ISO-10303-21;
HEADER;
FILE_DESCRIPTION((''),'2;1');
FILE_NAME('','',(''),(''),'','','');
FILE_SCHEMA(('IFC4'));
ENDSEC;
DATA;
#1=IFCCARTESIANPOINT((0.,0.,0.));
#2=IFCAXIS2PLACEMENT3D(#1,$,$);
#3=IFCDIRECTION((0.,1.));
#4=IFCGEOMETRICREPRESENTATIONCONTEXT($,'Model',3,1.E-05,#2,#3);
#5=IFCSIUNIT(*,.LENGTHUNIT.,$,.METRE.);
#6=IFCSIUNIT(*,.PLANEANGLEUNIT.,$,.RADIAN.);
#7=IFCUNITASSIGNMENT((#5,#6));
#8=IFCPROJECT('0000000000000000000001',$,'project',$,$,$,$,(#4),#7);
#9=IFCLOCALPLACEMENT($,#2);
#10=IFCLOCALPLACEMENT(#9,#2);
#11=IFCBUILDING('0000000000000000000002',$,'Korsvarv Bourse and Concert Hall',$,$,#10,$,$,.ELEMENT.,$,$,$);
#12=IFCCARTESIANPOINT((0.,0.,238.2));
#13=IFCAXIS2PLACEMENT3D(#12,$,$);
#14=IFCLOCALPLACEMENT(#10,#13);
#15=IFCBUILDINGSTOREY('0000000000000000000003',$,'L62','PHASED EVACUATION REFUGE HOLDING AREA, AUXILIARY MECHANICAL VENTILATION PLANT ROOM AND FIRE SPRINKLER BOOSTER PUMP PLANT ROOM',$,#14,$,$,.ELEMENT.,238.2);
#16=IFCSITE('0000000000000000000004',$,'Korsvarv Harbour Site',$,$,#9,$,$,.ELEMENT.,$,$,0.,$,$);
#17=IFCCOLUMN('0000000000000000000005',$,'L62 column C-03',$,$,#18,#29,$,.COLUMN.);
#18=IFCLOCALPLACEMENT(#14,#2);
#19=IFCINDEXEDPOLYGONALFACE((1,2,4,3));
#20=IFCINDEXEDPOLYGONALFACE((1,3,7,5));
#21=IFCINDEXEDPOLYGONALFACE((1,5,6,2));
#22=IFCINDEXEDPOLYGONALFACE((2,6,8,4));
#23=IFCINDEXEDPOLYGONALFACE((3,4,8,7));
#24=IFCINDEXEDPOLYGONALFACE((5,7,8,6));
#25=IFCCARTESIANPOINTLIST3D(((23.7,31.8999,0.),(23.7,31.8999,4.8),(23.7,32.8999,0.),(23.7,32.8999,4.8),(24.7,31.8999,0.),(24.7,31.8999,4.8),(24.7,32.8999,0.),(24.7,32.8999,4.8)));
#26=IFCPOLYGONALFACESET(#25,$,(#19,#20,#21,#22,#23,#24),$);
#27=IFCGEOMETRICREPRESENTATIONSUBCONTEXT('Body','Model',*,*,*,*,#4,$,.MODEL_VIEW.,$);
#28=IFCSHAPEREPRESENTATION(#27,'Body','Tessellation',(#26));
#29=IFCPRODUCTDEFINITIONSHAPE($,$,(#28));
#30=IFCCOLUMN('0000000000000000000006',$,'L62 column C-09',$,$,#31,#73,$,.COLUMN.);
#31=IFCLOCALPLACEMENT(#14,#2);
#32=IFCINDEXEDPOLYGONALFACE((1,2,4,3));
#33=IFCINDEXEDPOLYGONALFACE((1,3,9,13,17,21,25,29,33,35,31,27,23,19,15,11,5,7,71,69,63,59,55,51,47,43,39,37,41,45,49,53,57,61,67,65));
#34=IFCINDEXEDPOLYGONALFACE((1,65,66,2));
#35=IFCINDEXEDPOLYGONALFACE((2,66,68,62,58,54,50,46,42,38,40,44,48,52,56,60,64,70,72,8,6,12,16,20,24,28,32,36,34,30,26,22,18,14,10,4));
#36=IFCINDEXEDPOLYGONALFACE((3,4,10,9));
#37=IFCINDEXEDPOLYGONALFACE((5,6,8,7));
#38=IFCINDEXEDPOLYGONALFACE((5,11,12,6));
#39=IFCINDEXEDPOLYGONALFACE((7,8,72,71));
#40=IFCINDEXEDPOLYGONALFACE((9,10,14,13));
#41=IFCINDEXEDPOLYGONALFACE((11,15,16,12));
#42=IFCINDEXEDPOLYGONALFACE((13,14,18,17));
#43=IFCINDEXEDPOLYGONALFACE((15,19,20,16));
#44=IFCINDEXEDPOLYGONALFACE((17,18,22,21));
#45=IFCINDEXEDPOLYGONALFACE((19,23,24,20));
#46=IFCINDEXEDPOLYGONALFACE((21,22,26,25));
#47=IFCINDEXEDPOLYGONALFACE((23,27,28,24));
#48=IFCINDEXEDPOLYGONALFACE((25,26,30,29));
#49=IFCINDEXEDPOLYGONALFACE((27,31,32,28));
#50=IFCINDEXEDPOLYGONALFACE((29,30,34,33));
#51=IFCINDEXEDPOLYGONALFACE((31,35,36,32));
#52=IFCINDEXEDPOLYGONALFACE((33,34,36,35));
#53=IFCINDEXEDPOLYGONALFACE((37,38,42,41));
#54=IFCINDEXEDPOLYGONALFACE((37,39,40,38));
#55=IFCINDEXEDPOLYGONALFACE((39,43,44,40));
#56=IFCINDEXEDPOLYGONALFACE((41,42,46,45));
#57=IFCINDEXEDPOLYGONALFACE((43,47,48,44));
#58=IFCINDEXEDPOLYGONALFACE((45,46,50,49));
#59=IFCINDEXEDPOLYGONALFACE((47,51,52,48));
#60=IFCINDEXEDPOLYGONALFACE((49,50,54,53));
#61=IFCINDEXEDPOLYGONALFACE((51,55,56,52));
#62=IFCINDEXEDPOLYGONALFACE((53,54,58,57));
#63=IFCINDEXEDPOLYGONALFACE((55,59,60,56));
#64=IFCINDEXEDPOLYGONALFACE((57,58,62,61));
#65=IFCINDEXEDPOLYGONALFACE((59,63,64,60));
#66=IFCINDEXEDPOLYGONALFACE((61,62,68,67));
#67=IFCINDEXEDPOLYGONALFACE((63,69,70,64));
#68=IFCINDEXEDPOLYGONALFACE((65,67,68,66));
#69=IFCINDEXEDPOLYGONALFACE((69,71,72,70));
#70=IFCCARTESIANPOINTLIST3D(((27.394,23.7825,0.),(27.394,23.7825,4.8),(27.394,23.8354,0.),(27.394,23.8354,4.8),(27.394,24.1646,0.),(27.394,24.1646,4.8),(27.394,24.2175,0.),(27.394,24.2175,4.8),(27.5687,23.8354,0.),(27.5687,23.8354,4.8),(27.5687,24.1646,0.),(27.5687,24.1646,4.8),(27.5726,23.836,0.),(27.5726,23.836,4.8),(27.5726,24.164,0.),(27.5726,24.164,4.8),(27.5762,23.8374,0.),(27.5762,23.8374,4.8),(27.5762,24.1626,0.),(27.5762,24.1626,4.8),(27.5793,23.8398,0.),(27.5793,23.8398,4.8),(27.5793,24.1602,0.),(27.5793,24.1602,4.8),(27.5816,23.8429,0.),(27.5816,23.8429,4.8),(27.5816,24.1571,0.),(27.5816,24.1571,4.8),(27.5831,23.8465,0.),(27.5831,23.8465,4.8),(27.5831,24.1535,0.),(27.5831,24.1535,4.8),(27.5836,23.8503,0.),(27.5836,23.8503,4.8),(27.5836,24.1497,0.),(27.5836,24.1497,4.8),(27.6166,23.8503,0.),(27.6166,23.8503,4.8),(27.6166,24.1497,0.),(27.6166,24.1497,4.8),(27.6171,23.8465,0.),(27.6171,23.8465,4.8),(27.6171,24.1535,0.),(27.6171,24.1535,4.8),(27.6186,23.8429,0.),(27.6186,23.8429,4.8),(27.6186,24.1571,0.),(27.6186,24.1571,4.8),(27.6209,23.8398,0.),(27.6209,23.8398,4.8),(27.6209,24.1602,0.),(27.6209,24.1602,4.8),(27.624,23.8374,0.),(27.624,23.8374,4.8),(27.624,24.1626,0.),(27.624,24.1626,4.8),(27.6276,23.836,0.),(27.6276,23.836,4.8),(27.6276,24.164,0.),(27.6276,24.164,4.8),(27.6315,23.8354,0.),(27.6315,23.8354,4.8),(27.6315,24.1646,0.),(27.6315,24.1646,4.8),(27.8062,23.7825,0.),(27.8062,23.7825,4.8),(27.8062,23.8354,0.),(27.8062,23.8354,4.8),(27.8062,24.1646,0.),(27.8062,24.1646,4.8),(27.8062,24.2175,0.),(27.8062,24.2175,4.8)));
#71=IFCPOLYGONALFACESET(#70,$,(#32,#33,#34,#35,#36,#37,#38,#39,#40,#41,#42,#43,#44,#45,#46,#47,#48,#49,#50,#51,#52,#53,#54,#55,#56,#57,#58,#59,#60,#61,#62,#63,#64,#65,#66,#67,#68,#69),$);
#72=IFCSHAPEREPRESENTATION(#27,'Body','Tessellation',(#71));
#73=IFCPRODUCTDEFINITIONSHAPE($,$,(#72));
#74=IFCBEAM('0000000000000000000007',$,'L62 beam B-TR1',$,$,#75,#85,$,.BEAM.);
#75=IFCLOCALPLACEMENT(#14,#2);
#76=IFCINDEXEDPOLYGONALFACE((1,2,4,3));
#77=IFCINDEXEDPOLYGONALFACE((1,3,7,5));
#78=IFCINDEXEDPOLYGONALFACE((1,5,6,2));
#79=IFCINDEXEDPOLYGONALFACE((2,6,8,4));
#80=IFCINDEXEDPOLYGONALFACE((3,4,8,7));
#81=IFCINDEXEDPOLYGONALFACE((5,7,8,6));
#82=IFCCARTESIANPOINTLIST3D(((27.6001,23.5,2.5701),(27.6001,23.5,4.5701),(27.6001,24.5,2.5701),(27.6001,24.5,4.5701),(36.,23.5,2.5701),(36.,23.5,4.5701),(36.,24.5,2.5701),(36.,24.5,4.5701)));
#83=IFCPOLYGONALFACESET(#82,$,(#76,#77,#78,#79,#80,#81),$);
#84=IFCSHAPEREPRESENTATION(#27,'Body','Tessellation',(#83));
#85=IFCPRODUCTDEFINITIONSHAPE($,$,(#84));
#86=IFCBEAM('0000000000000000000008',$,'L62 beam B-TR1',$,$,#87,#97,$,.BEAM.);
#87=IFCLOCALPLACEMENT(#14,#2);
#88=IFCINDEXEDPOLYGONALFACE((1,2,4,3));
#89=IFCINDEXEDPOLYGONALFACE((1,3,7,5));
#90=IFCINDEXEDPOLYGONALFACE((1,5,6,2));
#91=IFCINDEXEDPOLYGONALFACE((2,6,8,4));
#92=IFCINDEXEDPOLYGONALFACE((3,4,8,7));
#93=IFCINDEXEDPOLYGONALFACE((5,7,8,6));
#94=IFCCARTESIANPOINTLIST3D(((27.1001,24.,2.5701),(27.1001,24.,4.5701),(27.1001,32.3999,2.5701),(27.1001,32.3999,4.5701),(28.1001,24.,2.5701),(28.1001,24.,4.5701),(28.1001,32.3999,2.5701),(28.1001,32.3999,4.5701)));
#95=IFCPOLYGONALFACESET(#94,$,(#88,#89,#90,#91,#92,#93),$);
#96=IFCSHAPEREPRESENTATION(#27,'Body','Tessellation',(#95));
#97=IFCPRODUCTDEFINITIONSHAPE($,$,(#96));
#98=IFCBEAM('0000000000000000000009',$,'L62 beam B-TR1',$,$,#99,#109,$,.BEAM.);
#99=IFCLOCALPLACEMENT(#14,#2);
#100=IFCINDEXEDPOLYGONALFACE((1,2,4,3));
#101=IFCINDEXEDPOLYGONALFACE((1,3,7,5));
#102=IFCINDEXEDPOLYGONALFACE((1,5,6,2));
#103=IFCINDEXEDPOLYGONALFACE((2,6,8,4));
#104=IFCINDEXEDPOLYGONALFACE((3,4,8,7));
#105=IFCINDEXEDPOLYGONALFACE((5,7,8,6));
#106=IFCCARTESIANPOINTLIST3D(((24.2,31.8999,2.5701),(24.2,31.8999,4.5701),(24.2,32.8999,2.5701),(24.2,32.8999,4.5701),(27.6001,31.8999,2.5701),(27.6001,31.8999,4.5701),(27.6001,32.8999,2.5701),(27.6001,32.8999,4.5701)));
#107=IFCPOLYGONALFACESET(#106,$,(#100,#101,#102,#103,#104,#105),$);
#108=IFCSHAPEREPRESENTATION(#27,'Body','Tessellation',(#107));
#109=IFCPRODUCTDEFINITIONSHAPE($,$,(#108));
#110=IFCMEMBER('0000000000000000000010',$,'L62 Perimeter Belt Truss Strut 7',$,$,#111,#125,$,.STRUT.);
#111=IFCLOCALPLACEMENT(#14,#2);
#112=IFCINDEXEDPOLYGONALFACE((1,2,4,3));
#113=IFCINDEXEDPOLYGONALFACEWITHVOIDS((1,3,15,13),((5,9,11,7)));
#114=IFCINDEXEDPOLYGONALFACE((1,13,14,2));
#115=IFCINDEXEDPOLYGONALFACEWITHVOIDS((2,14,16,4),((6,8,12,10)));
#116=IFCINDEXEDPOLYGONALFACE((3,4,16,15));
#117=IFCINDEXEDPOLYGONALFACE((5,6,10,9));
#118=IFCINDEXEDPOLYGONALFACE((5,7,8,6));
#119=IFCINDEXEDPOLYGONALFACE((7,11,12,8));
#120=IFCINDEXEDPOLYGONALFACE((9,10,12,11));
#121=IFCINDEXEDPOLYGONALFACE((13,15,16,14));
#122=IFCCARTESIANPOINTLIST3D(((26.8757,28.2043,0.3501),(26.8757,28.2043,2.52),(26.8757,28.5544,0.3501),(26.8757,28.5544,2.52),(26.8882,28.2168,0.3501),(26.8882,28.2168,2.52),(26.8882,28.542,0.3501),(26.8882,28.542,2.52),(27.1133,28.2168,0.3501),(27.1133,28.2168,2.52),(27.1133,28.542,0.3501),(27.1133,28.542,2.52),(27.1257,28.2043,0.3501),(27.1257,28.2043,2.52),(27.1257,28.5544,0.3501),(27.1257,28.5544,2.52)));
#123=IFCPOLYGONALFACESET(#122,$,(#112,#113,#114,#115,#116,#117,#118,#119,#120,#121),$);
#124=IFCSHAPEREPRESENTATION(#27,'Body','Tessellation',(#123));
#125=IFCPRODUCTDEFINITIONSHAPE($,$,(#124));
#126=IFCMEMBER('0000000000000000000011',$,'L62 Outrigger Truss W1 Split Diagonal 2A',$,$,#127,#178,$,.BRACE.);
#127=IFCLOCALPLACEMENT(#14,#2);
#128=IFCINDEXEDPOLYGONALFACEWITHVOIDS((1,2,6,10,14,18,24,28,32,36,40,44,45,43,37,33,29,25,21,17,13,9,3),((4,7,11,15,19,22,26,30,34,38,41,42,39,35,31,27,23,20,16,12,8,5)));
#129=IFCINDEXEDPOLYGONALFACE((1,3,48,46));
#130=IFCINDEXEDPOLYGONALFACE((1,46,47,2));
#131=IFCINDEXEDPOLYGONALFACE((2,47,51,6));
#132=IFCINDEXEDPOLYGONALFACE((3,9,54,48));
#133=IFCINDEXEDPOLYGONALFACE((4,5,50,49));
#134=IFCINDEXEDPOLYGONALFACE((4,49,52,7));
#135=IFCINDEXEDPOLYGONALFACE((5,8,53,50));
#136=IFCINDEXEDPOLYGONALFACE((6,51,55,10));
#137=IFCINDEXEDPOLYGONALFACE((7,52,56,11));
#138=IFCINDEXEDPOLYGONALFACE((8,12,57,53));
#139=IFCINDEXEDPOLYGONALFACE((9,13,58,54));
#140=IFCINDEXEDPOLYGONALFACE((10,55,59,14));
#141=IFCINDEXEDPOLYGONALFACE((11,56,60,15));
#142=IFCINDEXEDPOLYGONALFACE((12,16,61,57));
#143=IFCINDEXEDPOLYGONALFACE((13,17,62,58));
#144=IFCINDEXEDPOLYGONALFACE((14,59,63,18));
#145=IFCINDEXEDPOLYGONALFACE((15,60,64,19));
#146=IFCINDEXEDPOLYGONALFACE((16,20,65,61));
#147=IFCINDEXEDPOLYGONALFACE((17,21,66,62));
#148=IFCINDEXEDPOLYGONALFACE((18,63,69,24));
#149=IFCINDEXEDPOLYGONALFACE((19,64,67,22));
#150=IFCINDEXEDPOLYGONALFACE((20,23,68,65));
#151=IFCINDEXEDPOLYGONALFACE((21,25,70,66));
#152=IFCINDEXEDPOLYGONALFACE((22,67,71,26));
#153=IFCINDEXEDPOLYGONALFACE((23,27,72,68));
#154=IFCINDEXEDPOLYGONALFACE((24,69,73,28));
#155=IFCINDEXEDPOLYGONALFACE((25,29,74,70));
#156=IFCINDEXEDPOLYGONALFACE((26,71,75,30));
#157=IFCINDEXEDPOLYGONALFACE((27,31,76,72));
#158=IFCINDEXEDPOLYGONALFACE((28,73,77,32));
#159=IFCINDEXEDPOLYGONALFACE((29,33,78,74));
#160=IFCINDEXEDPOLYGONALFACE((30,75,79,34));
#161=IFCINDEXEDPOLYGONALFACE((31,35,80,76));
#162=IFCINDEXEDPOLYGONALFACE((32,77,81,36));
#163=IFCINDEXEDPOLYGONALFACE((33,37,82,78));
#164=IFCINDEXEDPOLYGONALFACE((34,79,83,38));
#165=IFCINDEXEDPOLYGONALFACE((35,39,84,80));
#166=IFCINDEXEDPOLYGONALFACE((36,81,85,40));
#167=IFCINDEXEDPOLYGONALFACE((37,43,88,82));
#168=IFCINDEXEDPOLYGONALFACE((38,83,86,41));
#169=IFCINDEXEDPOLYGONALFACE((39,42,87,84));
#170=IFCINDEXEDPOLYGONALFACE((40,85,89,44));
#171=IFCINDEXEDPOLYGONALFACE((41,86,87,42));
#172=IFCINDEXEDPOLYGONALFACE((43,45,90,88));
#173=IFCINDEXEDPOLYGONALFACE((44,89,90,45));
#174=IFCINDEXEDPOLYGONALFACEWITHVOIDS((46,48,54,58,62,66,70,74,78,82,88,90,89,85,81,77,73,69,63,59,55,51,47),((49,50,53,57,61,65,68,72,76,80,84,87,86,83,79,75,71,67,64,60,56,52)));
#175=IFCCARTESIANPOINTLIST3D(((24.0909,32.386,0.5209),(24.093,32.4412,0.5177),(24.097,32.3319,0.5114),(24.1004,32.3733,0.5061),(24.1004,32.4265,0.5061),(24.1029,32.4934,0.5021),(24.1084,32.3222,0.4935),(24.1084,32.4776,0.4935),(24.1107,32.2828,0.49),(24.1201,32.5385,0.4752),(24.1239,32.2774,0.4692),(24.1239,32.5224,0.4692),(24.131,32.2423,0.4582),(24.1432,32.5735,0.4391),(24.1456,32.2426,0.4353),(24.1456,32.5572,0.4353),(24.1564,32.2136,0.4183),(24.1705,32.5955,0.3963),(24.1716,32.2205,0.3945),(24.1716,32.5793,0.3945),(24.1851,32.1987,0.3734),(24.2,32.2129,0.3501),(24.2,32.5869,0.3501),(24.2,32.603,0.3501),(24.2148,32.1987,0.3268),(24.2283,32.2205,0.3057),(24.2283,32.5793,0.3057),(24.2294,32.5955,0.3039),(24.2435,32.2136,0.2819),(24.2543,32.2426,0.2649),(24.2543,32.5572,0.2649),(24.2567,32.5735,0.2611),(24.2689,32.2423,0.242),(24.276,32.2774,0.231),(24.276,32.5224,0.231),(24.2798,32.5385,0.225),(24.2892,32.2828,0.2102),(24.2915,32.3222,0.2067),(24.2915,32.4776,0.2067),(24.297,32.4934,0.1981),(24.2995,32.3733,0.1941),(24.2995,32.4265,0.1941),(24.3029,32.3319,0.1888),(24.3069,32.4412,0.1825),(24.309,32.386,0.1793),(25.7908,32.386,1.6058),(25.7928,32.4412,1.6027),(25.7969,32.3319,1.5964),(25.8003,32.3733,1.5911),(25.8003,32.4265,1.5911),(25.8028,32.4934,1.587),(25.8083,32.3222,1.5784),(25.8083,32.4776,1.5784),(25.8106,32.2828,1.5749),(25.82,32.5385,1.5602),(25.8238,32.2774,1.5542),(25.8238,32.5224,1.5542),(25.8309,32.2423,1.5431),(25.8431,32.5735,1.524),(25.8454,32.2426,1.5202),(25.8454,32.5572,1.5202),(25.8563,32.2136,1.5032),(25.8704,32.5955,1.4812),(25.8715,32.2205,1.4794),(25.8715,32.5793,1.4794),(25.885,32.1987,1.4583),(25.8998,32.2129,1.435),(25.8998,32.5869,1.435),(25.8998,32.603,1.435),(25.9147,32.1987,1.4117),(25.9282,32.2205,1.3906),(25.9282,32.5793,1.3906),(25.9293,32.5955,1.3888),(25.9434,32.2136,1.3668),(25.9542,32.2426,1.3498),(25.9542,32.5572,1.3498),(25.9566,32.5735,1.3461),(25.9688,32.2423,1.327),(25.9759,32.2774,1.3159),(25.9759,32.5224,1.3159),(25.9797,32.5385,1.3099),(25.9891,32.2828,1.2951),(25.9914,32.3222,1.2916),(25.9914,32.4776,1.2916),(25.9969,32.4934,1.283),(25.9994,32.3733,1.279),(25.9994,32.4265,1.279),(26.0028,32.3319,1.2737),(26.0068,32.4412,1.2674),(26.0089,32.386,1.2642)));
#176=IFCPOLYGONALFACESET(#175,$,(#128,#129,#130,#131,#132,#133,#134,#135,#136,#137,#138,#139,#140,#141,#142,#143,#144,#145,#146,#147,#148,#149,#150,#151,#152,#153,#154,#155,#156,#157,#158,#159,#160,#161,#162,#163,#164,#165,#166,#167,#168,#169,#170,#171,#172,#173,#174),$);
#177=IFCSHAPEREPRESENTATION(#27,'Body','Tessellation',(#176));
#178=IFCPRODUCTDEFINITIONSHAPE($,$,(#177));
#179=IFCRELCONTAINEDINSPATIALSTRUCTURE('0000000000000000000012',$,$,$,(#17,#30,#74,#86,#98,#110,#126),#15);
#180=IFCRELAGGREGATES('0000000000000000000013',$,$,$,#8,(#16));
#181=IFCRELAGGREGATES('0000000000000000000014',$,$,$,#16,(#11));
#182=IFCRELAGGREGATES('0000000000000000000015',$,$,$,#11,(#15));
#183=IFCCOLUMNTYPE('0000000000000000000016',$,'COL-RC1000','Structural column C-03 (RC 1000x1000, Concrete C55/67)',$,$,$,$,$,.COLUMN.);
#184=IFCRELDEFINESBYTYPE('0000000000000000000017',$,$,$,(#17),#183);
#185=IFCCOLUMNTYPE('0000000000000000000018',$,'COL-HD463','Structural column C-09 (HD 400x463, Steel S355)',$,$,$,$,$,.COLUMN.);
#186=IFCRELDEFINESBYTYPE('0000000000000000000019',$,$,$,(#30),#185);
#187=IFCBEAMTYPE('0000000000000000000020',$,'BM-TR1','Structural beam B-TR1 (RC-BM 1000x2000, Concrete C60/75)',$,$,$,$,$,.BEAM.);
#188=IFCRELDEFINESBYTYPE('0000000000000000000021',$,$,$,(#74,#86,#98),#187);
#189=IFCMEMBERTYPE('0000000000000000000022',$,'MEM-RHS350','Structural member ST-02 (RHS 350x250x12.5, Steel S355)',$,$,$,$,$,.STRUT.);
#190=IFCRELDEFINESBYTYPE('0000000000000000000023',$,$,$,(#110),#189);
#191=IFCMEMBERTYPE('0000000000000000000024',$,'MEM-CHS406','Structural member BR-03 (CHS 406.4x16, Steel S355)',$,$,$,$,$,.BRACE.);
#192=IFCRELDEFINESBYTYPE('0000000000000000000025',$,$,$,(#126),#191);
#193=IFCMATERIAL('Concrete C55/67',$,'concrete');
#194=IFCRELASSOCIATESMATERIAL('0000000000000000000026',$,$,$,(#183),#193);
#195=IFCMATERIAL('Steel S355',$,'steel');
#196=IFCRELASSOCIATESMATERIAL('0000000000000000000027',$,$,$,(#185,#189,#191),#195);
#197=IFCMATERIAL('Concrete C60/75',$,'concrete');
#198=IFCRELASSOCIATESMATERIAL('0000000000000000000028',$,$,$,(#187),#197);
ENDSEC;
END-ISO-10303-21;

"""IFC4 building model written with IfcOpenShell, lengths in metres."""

from ifc_helpers import new_model, si_unit, direction, frame, origin, origin_2d, place, context, subcontext, project, spatial, rectangle, hollow_rectangle, hollow_circle, i_section, extrude, source, transform, mapped, material, material_profile, profile_set, type_object, element, save


model = new_model("IFC4")

# Units and contexts
model_context = context("Model", 3, precision=1e-05, world=origin(), true_north=direction((0.0, 1.0)))
body_context = subcontext(model_context, "Body", "Model", "MODEL_VIEW")
ifc_project = project(units=[si_unit("LENGTHUNIT", "METRE"), si_unit("PLANEANGLEUNIT", "RADIAN")], contexts=[model_context])

# Site, building, storey
site_placement = place(None, origin())
site = spatial("IfcSite", under=ifc_project, at=site_placement, Name="Korsvarv Harbour Site", CompositionType="ELEMENT", RefElevation=0.0)
building_placement = place(site_placement, origin())
building = spatial("IfcBuilding", under=site, at=building_placement, Name="Korsvarv Bourse and Concert Hall", CompositionType="ELEMENT")
storey_placement = place(building_placement, frame((0.0, 0.0, 238.2)))
storey = spatial("IfcBuildingStorey", under=building, at=storey_placement, Name="L62", Description="PHASED EVACUATION REFUGE HOLDING AREA, AUXILIARY MECHANICAL VENTILATION PLANT ROOM AND FIRE SPRINKLER BOOSTER PUMP PLANT ROOM", CompositionType="ELEMENT", Elevation=238.2)

# Columns
ifc_material_1 = material(Name="Concrete C55/67", Category="concrete")
ifc_material_profile_1 = material_profile(ifc_material_1, rectangle(XDim=1.0, YDim=1.0, at=origin_2d()), Name="RC 1000x1000")
ifc_profile_set_1 = profile_set([ifc_material_profile_1], Name="Concrete C55/67")
column_type_1 = type_object("IfcColumnType", Name="COL-RC1000", Description="Structural column C-03 (RC 1000x1000, Concrete C55/67)", PredefinedType="COLUMN", material=ifc_profile_set_1)
shared_shape_1 = source(origin(), body_context, "Body", "SweptSolid", [
    extrude(rectangle(XDim=1.0, YDim=1.0, at=origin_2d()), origin(), (0.0, 0.0, 1.0), 4.8),
])
column_1_placement = place(storey_placement, frame((24.2, 32.3999, 0.0), z_axis=(0.0, 0.0, 1.0), x_axis=(1.0, 0.0, 0.0)))
element("IfcColumn", 1, at=column_1_placement, inside=storey, type_object=column_type_1, Name="L62 column C-03", PredefinedType="COLUMN", context=body_context, shape_type="MappedRepresentation", body=[
    mapped(shared_shape_1, transform((0.0, 0.0, 0.0), scale=1.0)),
])
ifc_material_2 = material(Name="Steel S355", Category="steel")
ifc_material_profile_2 = material_profile(ifc_material_2, i_section(OverallWidth=0.4121, OverallDepth=0.4351, WebThickness=0.033, FlangeThickness=0.053, FilletRadius=0.0149, at=origin_2d()), Name="HD 400x463")
ifc_profile_set_2 = profile_set([ifc_material_profile_2], Name="Steel S355")
column_type_2 = type_object("IfcColumnType", Name="COL-HD463", Description="Structural column C-09 (HD 400x463, Steel S355)", PredefinedType="COLUMN", material=ifc_profile_set_2)
shared_shape_2 = source(origin(), body_context, "Body", "SweptSolid", [
    extrude(i_section(OverallWidth=0.4121, OverallDepth=0.4351, WebThickness=0.033, FlangeThickness=0.053, FilletRadius=0.0149, at=origin_2d()), origin(), (0.0, 0.0, 1.0), 4.8),
])
column_2_placement = place(storey_placement, frame((27.6001, 24.0, 0.0), z_axis=(0.0, 0.0, 1.0), x_axis=(1.0, 0.0, 0.0)))
element("IfcColumn", 2, at=column_2_placement, inside=storey, type_object=column_type_2, Name="L62 column C-09", PredefinedType="COLUMN", context=body_context, shape_type="MappedRepresentation", body=[
    mapped(shared_shape_2, transform((0.0, 0.0, 0.0), scale=1.0)),
])

# Beams
ifc_material_3 = material(Name="Concrete C60/75", Category="concrete")
ifc_material_profile_3 = material_profile(ifc_material_3, rectangle(XDim=1.0, YDim=2.0, at=origin_2d()), Name="RC-BM 1000x2000")
ifc_profile_set_3 = profile_set([ifc_material_profile_3], Name="Concrete C60/75")
beam_type = type_object("IfcBeamType", Name="BM-TR1", Description="Structural beam B-TR1 (RC-BM 1000x2000, Concrete C60/75)", PredefinedType="BEAM", material=ifc_profile_set_3)
shared_shape_3 = source(origin(), body_context, "Body", "SweptSolid", [
    extrude(rectangle(XDim=1.0, YDim=2.0, at=origin_2d()), origin(), (0.0, 0.0, 1.0), 8.3999),
])
for number, where, z_axis, x_axis, name in (
    (3, (27.6001, 24.0, 3.5701), (1.0, 0.0, 0.0), (0.0, 1.0, 0.0), "L62 beam B-TR1"),
    (4, (27.6001, 24.0, 3.5701), (0.0, 1.0, 0.0), (-1.0, 0.0, 0.0), "L62 beam B-TR1"),
):
    element("IfcBeam", number, at=place(storey_placement, frame(where, z_axis=z_axis, x_axis=x_axis)), inside=storey, type_object=beam_type, Name=name, PredefinedType="BEAM", context=body_context, shape_type="MappedRepresentation", body=[
        mapped(shared_shape_3, transform((0.0, 0.0, 0.0), scale=1.0)),
    ])
shared_shape_4 = source(origin(), body_context, "Body", "SweptSolid", [
    extrude(rectangle(XDim=1.0, YDim=2.0, at=origin_2d()), origin(), (0.0, 0.0, 1.0), 3.4001),
])
beam_placement = place(storey_placement, frame((24.2, 32.3999, 3.5701), z_axis=(1.0, 0.0, 0.0), x_axis=(0.0, 1.0, 0.0)))
element("IfcBeam", 5, at=beam_placement, inside=storey, type_object=beam_type, Name="L62 beam B-TR1", PredefinedType="BEAM", context=body_context, shape_type="MappedRepresentation", body=[
    mapped(shared_shape_4, transform((0.0, 0.0, 0.0), scale=1.0)),
])

# Members
ifc_material_profile_4 = material_profile(ifc_material_2, hollow_rectangle(XDim=0.25, YDim=0.3501, WallThickness=0.0125, at=origin_2d()), Name="RHS 350x250x12.5")
ifc_profile_set_4 = profile_set([ifc_material_profile_4], Name="Steel S355")
member_type_1 = type_object("IfcMemberType", Name="MEM-RHS350", Description="Structural member ST-02 (RHS 350x250x12.5, Steel S355)", PredefinedType="STRUT", material=ifc_profile_set_4)
shared_shape_5 = source(origin(), body_context, "Body", "SweptSolid", [
    extrude(hollow_rectangle(XDim=0.25, YDim=0.3501, WallThickness=0.0125, at=origin_2d()), origin(), (0.0, 0.0, 1.0), 2.1699),
])
member_1_placement = place(storey_placement, frame((27.0007, 28.3794, 0.3501), z_axis=(0.0, 0.0, 1.0), x_axis=(1.0, 0.0, 0.0)))
element("IfcMember", 6, at=member_1_placement, inside=storey, type_object=member_type_1, Name="L62 Perimeter Belt Truss Strut 7", PredefinedType="STRUT", context=body_context, shape_type="MappedRepresentation", body=[
    mapped(shared_shape_5, transform((0.0, 0.0, 0.0), scale=1.0)),
])
ifc_material_profile_5 = material_profile(ifc_material_2, hollow_circle(Radius=0.2031, WallThickness=0.0161, at=origin_2d()), Name="CHS 406.4x16")
ifc_profile_set_5 = profile_set([ifc_material_profile_5], Name="Steel S355")
member_type_2 = type_object("IfcMemberType", Name="MEM-CHS406", Description="Structural member BR-03 (CHS 406.4x16, Steel S355)", PredefinedType="BRACE", material=ifc_profile_set_5)
shared_shape_6 = source(origin(), body_context, "Body", "SweptSolid", [
    extrude(hollow_circle(Radius=0.2031, WallThickness=0.0161, at=origin_2d()), origin(), (0.0, 0.0, 1.0), 2.0166),
])
member_2_placement = place(storey_placement, frame((24.2, 32.3999, 0.3501), z_axis=(0.842948, 0.0, 0.537995), x_axis=(0.0, 1.0, 0.0)))
element("IfcMember", 7, at=member_2_placement, inside=storey, type_object=member_type_2, Name="L62 Outrigger Truss W1 Split Diagonal 2A", PredefinedType="BRACE", context=body_context, shape_type="MappedRepresentation", body=[
    mapped(shared_shape_6, transform((0.0, 0.0, 0.0), scale=1.0)),
])

save(model, "model.ifc")
